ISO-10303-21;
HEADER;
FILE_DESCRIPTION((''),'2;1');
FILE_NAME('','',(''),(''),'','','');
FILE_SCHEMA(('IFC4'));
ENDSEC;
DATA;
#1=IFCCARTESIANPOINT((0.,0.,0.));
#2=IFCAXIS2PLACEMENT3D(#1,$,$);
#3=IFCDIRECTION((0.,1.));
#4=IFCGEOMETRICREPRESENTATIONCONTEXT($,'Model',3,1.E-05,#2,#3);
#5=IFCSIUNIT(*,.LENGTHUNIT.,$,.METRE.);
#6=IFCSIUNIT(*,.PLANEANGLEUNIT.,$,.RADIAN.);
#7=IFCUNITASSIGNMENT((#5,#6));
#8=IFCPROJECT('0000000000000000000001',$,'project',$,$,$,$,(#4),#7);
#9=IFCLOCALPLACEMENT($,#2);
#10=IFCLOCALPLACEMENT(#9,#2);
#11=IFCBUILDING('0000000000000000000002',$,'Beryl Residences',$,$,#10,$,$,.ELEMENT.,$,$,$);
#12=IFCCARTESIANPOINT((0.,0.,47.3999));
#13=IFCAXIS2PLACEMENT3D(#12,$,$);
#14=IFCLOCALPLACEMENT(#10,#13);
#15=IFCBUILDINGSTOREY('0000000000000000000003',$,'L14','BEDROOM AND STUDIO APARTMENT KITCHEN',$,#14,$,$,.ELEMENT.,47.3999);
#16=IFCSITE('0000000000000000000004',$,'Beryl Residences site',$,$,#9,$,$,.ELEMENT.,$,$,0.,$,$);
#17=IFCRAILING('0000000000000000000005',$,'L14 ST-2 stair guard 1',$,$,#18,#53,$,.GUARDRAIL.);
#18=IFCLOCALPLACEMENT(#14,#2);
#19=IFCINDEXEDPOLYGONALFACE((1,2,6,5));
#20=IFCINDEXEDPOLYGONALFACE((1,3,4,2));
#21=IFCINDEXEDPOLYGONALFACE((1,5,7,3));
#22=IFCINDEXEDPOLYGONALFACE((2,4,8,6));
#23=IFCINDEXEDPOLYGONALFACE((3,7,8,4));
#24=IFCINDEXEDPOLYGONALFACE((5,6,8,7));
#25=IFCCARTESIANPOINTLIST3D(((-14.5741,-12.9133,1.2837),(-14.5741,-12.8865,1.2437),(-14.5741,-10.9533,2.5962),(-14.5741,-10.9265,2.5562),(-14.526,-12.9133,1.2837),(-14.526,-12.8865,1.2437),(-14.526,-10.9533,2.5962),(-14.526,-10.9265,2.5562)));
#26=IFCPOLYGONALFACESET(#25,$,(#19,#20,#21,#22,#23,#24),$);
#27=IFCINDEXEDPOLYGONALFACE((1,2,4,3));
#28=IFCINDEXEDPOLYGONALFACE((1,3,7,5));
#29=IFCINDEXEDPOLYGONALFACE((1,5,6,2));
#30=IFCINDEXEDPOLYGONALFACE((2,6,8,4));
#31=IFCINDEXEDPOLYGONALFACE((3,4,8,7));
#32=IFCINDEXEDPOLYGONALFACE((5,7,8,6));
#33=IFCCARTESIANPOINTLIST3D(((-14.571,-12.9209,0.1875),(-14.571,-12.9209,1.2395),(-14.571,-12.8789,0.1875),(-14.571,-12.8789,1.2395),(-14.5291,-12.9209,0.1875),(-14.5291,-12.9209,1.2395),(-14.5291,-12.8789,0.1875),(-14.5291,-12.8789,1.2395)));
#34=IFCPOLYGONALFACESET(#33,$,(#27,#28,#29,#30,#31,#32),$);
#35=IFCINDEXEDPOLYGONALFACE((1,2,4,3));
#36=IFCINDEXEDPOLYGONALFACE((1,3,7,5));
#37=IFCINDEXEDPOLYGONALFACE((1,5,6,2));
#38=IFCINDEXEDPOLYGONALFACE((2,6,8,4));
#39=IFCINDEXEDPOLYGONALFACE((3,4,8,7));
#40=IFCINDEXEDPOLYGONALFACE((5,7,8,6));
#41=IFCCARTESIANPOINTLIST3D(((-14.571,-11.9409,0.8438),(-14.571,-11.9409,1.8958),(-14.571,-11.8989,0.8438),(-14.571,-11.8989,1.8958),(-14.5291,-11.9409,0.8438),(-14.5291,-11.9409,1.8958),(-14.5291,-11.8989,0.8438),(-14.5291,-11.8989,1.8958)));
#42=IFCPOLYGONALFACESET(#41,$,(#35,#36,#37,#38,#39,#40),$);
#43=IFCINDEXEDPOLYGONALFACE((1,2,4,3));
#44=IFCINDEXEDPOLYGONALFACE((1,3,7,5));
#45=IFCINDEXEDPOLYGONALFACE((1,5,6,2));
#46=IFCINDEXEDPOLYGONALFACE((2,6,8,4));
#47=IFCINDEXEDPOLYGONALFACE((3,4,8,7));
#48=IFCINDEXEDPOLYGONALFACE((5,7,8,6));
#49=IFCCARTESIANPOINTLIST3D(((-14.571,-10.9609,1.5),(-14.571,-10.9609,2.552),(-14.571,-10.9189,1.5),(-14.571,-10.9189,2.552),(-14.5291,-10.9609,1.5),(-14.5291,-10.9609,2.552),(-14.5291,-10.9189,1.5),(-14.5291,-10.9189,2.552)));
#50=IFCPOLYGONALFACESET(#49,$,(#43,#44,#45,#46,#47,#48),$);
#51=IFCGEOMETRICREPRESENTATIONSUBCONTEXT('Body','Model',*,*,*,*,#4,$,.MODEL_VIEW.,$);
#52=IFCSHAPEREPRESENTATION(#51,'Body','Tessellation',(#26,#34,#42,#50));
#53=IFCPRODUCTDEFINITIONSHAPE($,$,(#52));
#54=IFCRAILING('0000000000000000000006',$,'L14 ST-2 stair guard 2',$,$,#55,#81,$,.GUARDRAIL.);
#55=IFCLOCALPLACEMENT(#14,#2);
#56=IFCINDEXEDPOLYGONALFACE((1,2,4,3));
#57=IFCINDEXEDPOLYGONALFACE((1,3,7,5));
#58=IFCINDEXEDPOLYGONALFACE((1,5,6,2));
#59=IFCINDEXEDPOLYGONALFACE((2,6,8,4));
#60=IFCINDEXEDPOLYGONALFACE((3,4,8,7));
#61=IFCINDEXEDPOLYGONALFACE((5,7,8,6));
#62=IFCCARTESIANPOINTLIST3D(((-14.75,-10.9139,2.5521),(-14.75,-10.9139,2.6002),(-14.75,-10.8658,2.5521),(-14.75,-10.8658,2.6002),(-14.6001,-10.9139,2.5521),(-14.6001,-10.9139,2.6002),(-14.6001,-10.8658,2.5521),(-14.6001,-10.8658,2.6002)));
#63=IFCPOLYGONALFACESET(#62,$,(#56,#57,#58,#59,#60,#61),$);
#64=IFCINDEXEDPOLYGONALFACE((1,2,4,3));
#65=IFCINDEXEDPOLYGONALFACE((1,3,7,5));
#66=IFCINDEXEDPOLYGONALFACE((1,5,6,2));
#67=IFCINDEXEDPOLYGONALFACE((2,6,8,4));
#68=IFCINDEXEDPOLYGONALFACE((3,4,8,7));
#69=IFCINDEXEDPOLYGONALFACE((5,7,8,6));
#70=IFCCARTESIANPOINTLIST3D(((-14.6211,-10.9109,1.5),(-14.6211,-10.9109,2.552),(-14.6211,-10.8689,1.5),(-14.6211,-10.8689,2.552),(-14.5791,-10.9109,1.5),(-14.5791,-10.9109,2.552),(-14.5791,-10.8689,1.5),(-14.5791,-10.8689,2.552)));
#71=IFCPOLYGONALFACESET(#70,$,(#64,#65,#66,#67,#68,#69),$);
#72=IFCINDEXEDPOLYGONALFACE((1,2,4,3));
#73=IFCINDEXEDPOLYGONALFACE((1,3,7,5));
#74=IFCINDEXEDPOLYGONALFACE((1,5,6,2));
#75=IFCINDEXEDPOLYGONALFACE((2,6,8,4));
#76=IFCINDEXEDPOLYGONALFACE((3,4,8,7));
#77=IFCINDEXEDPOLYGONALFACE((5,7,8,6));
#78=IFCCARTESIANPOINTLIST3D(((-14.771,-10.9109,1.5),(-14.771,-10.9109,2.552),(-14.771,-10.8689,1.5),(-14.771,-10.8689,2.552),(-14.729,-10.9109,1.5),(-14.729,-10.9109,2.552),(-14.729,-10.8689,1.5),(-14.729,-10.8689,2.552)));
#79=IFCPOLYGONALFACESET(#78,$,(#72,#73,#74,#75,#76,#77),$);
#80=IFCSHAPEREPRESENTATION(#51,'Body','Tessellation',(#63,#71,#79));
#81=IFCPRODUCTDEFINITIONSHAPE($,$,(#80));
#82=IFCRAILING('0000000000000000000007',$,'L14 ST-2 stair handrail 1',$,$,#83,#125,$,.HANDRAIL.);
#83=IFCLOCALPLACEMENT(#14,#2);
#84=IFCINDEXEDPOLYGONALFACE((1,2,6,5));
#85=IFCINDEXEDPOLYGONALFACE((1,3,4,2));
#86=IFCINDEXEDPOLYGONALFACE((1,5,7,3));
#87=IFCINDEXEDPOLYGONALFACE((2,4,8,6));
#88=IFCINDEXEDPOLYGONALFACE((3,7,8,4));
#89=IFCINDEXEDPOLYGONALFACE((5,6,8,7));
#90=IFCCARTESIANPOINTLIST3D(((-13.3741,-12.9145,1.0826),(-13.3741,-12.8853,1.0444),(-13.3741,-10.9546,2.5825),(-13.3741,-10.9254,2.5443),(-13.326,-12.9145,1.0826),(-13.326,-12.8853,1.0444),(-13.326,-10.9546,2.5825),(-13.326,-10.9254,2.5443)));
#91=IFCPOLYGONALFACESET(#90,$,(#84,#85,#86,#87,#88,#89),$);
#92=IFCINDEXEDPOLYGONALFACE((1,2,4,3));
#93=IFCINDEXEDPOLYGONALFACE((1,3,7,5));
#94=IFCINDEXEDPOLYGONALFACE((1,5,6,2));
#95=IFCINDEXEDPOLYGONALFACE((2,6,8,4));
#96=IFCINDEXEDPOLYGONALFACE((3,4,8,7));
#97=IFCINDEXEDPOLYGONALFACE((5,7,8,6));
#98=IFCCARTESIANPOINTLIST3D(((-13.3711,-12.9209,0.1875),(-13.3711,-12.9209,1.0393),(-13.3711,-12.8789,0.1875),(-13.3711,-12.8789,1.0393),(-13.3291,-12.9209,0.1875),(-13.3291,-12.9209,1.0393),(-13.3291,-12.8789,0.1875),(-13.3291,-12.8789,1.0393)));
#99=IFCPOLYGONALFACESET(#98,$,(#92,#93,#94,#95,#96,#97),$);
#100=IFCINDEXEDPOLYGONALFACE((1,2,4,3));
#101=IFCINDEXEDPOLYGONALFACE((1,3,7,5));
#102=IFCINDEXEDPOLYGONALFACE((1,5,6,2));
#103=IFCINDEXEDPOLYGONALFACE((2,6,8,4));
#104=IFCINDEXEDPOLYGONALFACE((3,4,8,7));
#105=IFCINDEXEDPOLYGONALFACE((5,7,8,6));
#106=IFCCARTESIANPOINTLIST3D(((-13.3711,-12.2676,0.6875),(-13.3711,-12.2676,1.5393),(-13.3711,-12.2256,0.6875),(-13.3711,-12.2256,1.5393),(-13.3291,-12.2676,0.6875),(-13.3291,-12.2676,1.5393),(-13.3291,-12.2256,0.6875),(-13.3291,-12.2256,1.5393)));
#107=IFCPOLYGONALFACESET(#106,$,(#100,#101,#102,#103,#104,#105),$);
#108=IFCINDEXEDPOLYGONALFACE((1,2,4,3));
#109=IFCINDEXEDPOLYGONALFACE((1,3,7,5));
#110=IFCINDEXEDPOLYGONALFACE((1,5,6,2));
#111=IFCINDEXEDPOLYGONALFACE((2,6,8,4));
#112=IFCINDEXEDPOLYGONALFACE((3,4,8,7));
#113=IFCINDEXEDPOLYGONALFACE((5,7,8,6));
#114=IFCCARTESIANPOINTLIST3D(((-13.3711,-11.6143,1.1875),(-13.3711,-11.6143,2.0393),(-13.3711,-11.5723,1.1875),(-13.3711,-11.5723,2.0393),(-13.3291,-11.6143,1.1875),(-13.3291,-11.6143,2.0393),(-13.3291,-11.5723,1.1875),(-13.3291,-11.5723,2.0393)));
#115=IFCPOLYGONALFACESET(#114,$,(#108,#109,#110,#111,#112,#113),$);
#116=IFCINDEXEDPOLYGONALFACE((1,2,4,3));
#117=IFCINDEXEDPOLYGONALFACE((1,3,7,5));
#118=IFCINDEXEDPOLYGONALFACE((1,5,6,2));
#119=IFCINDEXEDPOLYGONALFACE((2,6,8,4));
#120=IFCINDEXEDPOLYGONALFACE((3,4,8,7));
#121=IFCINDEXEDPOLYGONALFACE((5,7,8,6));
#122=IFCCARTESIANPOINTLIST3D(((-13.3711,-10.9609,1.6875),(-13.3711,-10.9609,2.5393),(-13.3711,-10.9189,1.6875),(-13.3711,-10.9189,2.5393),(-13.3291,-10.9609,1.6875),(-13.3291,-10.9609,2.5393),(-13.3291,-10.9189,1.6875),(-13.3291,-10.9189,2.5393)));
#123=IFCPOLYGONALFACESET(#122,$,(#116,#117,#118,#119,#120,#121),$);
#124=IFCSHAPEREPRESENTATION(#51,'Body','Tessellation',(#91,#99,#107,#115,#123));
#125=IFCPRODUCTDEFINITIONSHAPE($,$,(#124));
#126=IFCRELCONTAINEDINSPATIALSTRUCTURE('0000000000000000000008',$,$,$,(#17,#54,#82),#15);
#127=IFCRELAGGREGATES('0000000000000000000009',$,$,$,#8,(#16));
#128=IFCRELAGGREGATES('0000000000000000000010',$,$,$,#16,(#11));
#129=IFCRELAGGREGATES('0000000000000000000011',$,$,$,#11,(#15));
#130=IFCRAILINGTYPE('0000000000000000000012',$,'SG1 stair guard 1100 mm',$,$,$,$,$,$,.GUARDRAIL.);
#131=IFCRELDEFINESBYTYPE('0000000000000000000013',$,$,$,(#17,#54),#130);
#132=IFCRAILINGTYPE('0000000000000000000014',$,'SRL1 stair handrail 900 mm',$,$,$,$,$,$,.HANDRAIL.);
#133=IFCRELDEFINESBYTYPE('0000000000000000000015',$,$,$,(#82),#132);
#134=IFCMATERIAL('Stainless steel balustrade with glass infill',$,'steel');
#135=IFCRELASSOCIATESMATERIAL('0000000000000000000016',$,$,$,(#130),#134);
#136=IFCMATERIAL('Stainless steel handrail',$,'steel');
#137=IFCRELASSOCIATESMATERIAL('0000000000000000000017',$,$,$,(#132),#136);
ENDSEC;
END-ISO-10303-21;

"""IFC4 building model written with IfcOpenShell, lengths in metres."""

from ifc_helpers import new_model, si_unit, direction, frame, origin, origin_2d, place, context, subcontext, project, spatial, rectangle, extrude, material, type_object, element, save


model = new_model("IFC4")

# Units and contexts
model_context = context("Model", 3, precision=1e-05, world=origin(), true_north=direction((0.0, 1.0)))
body_context = subcontext(model_context, "Body", "Model", "MODEL_VIEW")
ifc_project = project(units=[si_unit("LENGTHUNIT", "METRE"), si_unit("PLANEANGLEUNIT", "RADIAN")], contexts=[model_context])

# Site, building, storey
site_placement = place(None, origin())
site = spatial("IfcSite", under=ifc_project, at=site_placement, Name="Beryl Residences site", CompositionType="ELEMENT", RefElevation=0.0)
building_placement = place(site_placement, origin())
building = spatial("IfcBuilding", under=site, at=building_placement, Name="Beryl Residences", CompositionType="ELEMENT")
storey_placement = place(building_placement, frame((0.0, 0.0, 47.3999)))
storey = spatial("IfcBuildingStorey", under=building, at=storey_placement, Name="L14", Description="BEDROOM AND STUDIO APARTMENT KITCHEN", CompositionType="ELEMENT", Elevation=47.3999)

# Railings
ifc_material_1 = material(Name="Stainless steel balustrade with glass infill", Category="steel")
railing_type_1 = type_object("IfcRailingType", Name="SG1 stair guard 1100 mm", PredefinedType="GUARDRAIL", material=ifc_material_1)
railing_1_placement = place(storey_placement, frame((-14.55, -12.8999, 0.1875)))
element("IfcRailing", 1, at=railing_1_placement, inside=storey, type_object=railing_type_1, Name="L14 ST-2 stair guard 1", PredefinedType="GUARDRAIL", context=body_context, shape_type="SweptSolid", body=[
    extrude(rectangle(XDim=0.0481, YDim=0.0481, at=origin_2d()), frame((0.0, 0.0, 1.0762), z_axis=(0.0, 0.830902, 0.556419), x_axis=(-1.0, 0.0, 0.0)), (0.0, 0.0, 1.0), 2.3589),
    extrude(rectangle(XDim=0.042, YDim=0.042, at=origin_2d()), origin(), (0.0, 0.0, 1.0), 1.052),
    extrude(rectangle(XDim=0.042, YDim=0.042, at=origin_2d()), frame((0.0, 0.98, 0.6562)), (0.0, 0.0, 1.0), 1.052),
    extrude(rectangle(XDim=0.042, YDim=0.042, at=origin_2d()), frame((0.0, 1.96, 1.3125)), (0.0, 0.0, 1.0), 1.052),
])
railing_2_placement = place(storey_placement, frame((-14.6001, -10.8899, 1.5)))
element("IfcRailing", 2, at=railing_2_placement, inside=storey, type_object=railing_type_1, Name="L14 ST-2 stair guard 2", PredefinedType="GUARDRAIL", context=body_context, shape_type="SweptSolid", body=[
    extrude(rectangle(XDim=0.0481, YDim=0.0481, at=origin_2d()), frame((0.0, 0.0, 1.0762), z_axis=(-1.0, 0.0, 0.0), x_axis=(0.0, -1.0, 0.0)), (0.0, 0.0, 1.0), 0.1499),
    extrude(rectangle(XDim=0.042, YDim=0.042, at=origin_2d()), origin(), (0.0, 0.0, 1.0), 1.052),
    extrude(rectangle(XDim=0.042, YDim=0.042, at=origin_2d()), frame((-0.1499, 0.0, 0.0)), (0.0, 0.0, 1.0), 1.052),
])
ifc_material_2 = material(Name="Stainless steel handrail", Category="steel")
railing_type_2 = type_object("IfcRailingType", Name="SRL1 stair handrail 900 mm", PredefinedType="HANDRAIL", material=ifc_material_2)
railing_3_placement = place(storey_placement, frame((-13.3501, -12.8999, 0.1875)))
element("IfcRailing", 3, at=railing_3_placement, inside=storey, type_object=railing_type_2, Name="L14 ST-2 stair handrail 1", PredefinedType="HANDRAIL", context=body_context, shape_type="SweptSolid", body=[
    extrude(rectangle(XDim=0.0481, YDim=0.0481, at=origin_2d()), frame((0.0, 0.0, 0.876), z_axis=(0.0, 0.794122, 0.607758), x_axis=(-1.0, 0.0, 0.0)), (0.0, 0.0, 1.0), 2.468),
    extrude(rectangle(XDim=0.042, YDim=0.042, at=origin_2d()), origin(), (0.0, 0.0, 1.0), 0.8518),
    extrude(rectangle(XDim=0.042, YDim=0.042, at=origin_2d()), frame((0.0, 0.6533, 0.5)), (0.0, 0.0, 1.0), 0.8518),
    extrude(rectangle(XDim=0.042, YDim=0.042, at=origin_2d()), frame((0.0, 1.3066, 1.0)), (0.0, 0.0, 1.0), 0.8518),
    extrude(rectangle(XDim=0.042, YDim=0.042, at=origin_2d()), frame((0.0, 1.96, 1.5)), (0.0, 0.0, 1.0), 0.8518),
])

save(model, "model.ifc")
